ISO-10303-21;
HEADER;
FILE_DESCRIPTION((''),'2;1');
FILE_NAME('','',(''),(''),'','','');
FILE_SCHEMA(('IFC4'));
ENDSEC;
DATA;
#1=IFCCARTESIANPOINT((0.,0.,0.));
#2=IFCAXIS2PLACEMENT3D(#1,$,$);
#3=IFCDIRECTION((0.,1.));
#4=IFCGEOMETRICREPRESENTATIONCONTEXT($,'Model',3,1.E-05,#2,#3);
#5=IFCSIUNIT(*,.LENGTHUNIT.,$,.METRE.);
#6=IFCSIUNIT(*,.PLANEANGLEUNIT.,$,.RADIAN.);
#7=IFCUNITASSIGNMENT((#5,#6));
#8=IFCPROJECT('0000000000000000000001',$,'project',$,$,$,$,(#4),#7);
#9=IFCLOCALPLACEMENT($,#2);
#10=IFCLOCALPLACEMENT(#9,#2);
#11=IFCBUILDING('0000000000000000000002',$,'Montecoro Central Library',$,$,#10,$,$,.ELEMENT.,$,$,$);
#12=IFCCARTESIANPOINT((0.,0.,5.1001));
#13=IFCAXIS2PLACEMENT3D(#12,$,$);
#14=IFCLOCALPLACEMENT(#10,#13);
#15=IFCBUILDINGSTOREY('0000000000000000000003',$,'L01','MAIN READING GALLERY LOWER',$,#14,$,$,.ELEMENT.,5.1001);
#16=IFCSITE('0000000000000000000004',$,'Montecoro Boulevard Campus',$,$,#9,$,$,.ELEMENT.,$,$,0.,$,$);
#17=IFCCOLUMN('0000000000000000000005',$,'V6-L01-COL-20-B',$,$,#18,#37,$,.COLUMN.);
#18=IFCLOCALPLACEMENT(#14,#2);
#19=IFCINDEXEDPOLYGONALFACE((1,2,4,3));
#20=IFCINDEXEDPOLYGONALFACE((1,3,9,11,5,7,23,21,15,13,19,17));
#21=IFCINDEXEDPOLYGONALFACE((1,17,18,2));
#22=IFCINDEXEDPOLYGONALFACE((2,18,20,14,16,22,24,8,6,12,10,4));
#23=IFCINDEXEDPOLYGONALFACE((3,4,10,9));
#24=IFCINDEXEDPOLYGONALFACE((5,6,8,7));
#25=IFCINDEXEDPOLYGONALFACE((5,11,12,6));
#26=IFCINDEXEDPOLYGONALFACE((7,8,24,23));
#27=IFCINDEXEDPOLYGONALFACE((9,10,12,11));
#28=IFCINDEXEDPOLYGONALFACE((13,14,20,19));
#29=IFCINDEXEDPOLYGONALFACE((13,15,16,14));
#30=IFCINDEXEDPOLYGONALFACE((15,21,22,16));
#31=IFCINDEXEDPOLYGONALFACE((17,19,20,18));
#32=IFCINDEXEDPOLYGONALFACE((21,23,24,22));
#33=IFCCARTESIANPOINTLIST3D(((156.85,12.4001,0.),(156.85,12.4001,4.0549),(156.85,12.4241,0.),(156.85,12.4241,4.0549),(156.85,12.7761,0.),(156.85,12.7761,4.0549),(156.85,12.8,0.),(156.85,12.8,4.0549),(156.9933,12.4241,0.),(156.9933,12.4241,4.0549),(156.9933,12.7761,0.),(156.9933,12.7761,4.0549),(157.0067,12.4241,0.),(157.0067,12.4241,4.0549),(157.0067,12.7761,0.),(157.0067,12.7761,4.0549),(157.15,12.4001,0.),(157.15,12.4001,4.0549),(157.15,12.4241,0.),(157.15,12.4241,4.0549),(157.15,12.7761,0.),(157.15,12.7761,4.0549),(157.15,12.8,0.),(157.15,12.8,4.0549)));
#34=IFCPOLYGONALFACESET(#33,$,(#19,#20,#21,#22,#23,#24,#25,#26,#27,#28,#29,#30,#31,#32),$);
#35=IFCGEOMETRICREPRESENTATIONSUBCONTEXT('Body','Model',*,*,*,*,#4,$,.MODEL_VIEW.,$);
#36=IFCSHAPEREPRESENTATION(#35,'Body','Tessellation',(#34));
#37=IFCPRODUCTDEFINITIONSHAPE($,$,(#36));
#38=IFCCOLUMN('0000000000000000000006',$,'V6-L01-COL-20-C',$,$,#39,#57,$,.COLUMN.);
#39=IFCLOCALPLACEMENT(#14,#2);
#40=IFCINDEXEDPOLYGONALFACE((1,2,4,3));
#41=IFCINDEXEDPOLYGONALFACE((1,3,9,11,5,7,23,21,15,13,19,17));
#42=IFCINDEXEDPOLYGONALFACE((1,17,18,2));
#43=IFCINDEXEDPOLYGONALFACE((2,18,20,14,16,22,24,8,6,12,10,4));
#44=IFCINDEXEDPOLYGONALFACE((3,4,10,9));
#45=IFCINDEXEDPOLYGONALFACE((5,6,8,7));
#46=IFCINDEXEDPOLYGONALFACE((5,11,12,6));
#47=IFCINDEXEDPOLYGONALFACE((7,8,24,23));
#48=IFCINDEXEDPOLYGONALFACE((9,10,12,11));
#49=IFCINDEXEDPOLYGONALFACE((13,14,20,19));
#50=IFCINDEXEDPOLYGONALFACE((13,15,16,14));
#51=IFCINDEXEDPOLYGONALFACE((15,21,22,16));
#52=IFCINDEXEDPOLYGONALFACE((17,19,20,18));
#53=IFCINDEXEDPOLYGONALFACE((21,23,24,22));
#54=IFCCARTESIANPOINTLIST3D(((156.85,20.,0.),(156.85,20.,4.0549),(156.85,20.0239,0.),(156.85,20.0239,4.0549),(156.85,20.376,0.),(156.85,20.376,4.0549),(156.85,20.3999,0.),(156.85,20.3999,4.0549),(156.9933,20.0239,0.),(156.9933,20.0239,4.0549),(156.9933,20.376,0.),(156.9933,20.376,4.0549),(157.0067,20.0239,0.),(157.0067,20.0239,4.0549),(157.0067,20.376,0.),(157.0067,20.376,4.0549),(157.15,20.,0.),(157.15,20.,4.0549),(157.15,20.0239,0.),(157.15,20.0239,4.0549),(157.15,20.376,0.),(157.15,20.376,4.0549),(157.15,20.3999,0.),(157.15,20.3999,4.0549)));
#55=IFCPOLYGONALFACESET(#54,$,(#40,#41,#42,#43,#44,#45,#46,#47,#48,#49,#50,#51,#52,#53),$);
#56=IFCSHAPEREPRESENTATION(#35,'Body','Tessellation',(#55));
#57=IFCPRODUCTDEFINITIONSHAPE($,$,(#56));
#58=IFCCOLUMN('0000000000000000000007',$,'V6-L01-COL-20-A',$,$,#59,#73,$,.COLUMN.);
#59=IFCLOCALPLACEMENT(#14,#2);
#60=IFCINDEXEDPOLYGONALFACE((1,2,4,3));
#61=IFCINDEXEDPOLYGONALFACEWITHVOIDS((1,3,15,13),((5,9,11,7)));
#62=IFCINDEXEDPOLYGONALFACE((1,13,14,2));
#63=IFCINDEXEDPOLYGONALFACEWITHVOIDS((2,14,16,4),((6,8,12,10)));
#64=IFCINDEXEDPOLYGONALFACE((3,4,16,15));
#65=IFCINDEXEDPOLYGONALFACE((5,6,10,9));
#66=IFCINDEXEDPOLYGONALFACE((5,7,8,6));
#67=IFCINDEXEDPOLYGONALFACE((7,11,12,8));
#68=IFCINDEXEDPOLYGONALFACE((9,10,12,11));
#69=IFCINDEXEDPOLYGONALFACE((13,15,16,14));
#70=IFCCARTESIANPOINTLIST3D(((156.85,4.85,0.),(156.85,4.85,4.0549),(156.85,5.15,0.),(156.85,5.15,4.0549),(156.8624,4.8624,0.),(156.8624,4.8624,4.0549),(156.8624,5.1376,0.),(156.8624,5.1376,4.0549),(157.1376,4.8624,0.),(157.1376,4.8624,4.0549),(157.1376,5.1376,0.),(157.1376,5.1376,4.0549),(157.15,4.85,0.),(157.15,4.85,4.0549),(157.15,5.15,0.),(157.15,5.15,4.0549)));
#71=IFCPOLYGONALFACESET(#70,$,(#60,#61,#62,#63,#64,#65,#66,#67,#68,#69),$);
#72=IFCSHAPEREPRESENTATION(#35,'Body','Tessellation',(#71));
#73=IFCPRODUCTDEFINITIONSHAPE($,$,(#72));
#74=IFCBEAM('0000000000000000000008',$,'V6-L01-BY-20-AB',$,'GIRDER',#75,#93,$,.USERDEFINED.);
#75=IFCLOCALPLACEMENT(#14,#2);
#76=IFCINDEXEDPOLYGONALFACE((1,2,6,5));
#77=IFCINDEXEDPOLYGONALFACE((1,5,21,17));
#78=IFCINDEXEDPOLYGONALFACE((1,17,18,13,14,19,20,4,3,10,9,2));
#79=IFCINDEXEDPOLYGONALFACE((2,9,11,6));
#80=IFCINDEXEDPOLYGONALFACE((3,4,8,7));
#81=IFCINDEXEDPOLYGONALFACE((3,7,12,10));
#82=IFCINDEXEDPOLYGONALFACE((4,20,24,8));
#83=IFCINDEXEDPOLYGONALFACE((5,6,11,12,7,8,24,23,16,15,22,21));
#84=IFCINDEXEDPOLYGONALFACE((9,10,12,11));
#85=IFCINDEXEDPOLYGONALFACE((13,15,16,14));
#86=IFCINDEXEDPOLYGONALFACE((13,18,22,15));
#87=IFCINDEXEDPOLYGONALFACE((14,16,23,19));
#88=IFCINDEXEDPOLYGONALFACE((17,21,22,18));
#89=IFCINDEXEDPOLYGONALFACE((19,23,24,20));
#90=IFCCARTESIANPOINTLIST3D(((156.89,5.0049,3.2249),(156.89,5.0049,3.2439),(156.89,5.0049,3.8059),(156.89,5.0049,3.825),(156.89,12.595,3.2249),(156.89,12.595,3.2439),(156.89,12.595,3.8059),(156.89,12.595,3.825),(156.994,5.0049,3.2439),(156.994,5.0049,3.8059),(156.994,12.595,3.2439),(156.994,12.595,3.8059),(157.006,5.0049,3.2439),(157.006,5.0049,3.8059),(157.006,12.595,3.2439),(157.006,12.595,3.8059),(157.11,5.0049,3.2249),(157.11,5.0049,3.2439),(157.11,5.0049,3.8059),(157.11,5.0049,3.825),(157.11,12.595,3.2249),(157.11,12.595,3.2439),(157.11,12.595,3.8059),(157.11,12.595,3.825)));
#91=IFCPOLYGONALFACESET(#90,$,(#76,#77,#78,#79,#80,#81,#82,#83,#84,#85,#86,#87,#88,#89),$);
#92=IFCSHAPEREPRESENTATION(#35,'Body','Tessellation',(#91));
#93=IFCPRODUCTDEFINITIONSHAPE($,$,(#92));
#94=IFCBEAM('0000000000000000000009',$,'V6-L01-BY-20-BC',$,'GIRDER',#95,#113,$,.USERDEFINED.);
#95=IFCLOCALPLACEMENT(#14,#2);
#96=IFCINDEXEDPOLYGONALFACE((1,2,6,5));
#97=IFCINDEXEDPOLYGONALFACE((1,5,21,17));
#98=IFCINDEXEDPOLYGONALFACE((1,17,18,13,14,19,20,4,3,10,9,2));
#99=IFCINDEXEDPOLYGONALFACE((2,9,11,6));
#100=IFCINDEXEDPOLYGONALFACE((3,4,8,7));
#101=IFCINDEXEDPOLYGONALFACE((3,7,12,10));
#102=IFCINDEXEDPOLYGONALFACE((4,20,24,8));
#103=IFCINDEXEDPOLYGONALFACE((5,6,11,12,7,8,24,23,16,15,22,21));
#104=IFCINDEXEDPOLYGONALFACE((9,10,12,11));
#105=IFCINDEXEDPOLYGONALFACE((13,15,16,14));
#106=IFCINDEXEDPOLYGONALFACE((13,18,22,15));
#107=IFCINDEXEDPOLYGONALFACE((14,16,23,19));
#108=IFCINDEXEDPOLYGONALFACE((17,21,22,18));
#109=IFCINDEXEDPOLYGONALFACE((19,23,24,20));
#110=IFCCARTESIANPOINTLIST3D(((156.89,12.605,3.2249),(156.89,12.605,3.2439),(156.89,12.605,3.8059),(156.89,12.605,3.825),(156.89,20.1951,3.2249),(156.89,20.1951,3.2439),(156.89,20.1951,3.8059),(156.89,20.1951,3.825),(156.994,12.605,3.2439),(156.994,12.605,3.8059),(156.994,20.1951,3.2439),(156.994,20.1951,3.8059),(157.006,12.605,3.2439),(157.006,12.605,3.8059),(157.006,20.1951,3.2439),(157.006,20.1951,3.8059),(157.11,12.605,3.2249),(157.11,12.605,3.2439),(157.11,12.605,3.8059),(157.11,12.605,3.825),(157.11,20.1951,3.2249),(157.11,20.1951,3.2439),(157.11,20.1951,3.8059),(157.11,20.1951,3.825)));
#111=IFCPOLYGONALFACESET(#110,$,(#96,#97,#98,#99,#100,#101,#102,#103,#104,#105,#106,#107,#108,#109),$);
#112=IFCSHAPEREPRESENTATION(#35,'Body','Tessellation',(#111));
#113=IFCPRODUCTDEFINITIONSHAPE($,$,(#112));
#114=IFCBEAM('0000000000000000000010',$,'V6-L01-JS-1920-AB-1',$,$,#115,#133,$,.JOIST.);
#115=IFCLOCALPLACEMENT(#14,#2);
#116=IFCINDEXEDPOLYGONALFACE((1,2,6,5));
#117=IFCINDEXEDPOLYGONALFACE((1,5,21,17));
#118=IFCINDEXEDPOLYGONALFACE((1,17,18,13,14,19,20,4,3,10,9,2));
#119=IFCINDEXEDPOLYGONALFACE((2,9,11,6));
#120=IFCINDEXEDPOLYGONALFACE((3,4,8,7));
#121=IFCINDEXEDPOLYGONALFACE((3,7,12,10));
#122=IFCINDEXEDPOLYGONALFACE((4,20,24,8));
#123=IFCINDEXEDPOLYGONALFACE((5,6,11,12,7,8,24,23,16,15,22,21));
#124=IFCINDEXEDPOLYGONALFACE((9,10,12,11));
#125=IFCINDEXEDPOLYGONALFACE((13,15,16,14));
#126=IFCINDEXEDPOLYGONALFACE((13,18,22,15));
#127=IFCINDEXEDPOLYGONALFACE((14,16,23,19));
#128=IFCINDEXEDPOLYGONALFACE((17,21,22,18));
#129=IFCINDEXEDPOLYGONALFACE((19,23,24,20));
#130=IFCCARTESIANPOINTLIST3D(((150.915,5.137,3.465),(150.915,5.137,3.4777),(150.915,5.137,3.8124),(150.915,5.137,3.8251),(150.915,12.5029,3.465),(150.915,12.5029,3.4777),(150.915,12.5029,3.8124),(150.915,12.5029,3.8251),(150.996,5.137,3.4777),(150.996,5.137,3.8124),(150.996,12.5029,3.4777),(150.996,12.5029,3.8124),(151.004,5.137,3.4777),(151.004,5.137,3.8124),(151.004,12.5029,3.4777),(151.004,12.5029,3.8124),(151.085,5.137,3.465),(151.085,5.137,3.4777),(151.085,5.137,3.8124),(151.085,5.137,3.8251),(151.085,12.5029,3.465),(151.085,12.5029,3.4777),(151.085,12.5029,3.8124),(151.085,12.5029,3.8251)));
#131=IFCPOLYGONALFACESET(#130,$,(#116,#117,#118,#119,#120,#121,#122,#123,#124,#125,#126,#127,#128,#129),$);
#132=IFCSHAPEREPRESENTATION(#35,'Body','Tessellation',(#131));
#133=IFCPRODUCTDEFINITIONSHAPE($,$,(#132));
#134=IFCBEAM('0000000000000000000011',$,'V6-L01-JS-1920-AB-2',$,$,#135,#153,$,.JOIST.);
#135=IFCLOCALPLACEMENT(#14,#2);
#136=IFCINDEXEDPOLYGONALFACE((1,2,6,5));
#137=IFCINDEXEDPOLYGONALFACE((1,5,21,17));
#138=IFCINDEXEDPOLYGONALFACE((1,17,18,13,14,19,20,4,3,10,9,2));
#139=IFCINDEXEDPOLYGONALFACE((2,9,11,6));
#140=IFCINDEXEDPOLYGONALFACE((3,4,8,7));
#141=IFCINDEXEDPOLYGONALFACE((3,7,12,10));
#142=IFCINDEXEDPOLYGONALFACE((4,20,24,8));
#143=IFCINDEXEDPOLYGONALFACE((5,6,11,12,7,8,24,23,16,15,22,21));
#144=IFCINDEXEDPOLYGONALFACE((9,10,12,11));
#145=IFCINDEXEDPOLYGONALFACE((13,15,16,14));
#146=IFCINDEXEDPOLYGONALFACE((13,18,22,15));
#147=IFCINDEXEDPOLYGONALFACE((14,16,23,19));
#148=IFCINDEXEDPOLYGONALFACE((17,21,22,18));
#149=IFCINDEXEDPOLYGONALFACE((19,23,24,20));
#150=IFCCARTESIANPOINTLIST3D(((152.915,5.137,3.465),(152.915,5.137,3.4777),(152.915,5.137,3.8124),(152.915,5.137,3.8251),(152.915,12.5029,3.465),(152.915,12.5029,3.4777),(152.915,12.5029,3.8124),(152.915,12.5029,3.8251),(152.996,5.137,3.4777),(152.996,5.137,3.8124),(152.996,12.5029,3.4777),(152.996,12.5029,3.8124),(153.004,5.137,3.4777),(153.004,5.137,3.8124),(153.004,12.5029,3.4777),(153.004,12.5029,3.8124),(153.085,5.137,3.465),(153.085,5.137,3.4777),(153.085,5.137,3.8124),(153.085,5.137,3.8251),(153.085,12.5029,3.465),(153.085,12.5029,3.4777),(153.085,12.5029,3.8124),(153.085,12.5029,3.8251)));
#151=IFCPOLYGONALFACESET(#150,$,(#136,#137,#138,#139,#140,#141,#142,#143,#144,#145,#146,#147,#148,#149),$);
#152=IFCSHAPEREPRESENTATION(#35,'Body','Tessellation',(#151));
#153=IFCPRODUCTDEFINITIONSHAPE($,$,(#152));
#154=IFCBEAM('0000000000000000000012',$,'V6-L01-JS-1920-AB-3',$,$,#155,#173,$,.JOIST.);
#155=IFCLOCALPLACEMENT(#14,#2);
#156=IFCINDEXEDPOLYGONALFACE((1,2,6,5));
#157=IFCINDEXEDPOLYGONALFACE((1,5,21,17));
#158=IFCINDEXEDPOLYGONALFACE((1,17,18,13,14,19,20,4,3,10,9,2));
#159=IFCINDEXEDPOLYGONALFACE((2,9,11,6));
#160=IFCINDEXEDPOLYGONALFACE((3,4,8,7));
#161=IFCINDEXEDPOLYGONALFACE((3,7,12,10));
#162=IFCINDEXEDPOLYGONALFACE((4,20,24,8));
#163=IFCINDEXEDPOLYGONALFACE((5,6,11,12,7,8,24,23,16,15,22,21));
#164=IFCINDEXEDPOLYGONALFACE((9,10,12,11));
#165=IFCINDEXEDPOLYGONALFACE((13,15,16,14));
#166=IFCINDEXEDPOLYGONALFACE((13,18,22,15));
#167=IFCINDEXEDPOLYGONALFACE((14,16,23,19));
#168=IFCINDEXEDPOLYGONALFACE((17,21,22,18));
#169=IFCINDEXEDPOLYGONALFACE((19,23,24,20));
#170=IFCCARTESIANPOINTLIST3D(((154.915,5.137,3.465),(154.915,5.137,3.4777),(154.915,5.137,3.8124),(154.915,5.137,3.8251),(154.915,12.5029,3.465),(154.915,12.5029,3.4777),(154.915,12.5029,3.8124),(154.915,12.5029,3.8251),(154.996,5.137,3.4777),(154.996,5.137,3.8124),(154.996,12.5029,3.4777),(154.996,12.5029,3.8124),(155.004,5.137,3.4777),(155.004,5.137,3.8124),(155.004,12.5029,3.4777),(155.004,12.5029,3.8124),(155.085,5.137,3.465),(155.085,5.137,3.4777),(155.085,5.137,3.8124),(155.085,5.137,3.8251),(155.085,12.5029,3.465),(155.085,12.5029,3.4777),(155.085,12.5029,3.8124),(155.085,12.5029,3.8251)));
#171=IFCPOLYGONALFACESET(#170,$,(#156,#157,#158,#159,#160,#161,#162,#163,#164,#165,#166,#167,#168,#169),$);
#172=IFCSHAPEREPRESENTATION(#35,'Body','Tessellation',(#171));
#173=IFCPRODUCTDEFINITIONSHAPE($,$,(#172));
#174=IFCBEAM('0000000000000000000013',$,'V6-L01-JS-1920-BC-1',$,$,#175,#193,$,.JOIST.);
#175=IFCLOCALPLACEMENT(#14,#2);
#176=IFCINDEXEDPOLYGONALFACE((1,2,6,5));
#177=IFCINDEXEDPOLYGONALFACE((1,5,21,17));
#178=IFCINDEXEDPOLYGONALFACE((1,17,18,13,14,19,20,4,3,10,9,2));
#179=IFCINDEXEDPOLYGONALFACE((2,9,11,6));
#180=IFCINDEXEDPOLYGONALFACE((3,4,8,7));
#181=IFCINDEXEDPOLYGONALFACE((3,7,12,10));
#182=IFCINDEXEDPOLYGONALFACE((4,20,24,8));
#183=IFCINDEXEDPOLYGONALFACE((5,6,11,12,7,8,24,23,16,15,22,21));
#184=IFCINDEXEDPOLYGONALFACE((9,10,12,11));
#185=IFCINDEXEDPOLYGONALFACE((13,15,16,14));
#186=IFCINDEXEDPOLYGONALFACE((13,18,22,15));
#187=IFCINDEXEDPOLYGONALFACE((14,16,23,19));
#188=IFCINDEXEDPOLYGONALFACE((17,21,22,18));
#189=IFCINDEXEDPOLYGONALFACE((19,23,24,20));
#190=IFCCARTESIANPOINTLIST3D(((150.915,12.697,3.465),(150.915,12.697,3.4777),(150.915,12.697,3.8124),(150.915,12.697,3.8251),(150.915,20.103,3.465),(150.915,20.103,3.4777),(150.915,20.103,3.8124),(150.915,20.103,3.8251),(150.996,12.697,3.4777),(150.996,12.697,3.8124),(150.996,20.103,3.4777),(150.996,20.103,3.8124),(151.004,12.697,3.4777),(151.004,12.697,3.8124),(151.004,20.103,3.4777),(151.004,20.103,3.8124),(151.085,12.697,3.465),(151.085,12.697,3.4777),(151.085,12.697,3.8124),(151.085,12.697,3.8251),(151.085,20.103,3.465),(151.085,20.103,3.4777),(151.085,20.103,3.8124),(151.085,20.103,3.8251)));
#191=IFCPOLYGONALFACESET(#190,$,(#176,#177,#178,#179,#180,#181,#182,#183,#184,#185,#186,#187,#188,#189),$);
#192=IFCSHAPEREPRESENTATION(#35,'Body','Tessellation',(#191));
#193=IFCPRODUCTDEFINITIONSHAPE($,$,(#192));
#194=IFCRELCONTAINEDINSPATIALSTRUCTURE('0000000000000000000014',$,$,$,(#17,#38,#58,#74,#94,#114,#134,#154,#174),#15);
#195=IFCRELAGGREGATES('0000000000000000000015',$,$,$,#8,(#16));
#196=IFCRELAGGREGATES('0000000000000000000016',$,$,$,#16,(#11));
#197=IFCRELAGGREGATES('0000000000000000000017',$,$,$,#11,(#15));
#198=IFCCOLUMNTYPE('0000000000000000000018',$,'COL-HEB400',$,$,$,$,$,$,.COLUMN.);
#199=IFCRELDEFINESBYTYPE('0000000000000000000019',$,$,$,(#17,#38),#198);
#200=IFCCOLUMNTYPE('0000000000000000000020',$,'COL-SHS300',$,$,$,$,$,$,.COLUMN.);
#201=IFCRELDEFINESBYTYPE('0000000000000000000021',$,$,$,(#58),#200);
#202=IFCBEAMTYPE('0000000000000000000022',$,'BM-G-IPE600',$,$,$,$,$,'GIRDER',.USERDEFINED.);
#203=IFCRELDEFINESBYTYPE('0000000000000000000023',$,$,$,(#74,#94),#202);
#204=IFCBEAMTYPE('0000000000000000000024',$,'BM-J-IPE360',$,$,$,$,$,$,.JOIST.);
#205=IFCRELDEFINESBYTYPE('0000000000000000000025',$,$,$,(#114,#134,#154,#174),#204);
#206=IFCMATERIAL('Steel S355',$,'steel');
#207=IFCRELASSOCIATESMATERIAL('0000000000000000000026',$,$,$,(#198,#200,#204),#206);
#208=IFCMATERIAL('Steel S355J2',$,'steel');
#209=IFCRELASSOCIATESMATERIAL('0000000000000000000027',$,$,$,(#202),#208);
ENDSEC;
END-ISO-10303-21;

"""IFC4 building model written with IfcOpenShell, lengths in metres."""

from ifc_helpers import new_model, si_unit, direction, frame, origin, origin_2d, place, context, subcontext, project, spatial, hollow_rectangle, i_section, extrude, material, material_profile, profile_set, type_object, element, save


model = new_model("IFC4")

# Units and contexts
model_context = context("Model", 3, precision=1e-05, world=origin(), true_north=direction((0.0, 1.0)))
body_context = subcontext(model_context, "Body", "Model", "MODEL_VIEW")
ifc_project = project(units=[si_unit("LENGTHUNIT", "METRE"), si_unit("PLANEANGLEUNIT", "RADIAN")], contexts=[model_context])

# Site, building, storey
site_placement = place(None, origin())
site = spatial("IfcSite", under=ifc_project, at=site_placement, Name="Montecoro Boulevard Campus", CompositionType="ELEMENT", RefElevation=0.0)
building_placement = place(site_placement, origin())
building = spatial("IfcBuilding", under=site, at=building_placement, Name="Montecoro Central Library", CompositionType="ELEMENT")
storey_placement = place(building_placement, frame((0.0, 0.0, 5.1001)))
storey = spatial("IfcBuildingStorey", under=building, at=storey_placement, Name="L01", Description="MAIN READING GALLERY LOWER", CompositionType="ELEMENT", Elevation=5.1001)

# Columns
ifc_material_1 = material(Name="Steel S355", Category="steel")
ifc_material_profile_1 = material_profile(ifc_material_1, i_section(OverallWidth=0.3, OverallDepth=0.3999, WebThickness=0.0134, FlangeThickness=0.0239, at=origin_2d()), Name="HEB 400")
ifc_profile_set_1 = profile_set([ifc_material_profile_1], Name="Steel S355")
column_type_1 = type_object("IfcColumnType", Name="COL-HEB400", PredefinedType="COLUMN", material=ifc_profile_set_1)
for number, where, z_axis, x_axis, name in (
    (1, (157.0, 12.6001, 0.0), (0.0, 0.0, 1.0), (1.0, 0.0, 0.0), "V6-L01-COL-20-B"),
    (2, (157.0, 20.2, 0.0), (0.0, 0.0, 1.0), (1.0, 0.0, 0.0), "V6-L01-COL-20-C"),
):
    element("IfcColumn", number, at=place(storey_placement, frame(where, z_axis=z_axis, x_axis=x_axis)), inside=storey, type_object=column_type_1, Name=name, PredefinedType="COLUMN", context=body_context, shape_type="SweptSolid", body=[
        extrude(i_section(OverallWidth=0.3, OverallDepth=0.3999, WebThickness=0.0134, FlangeThickness=0.0239, at=origin_2d()), origin(), (0.0, 0.0, 1.0), 4.0549),
    ])
ifc_material_profile_2 = material_profile(ifc_material_1, hollow_rectangle(XDim=0.3, YDim=0.3, WallThickness=0.0125, at=origin_2d()), Name="SHS 300x300x12.5")
ifc_profile_set_2 = profile_set([ifc_material_profile_2], Name="Steel S355")
column_type_2 = type_object("IfcColumnType", Name="COL-SHS300", PredefinedType="COLUMN", material=ifc_profile_set_2)
column_placement = place(storey_placement, frame((157.0, 5.0, 0.0), z_axis=(0.0, 0.0, 1.0), x_axis=(1.0, 0.0, 0.0)))
element("IfcColumn", 3, at=column_placement, inside=storey, type_object=column_type_2, Name="V6-L01-COL-20-A", PredefinedType="COLUMN", context=body_context, shape_type="SweptSolid", body=[
    extrude(hollow_rectangle(XDim=0.3, YDim=0.3, WallThickness=0.0125, at=origin_2d()), origin(), (0.0, 0.0, 1.0), 4.0549),
])

# Beams
ifc_material_2 = material(Name="Steel S355J2", Category="steel")
ifc_material_profile_3 = material_profile(ifc_material_2, i_section(OverallWidth=0.22, OverallDepth=0.6001, WebThickness=0.012, FlangeThickness=0.019, at=origin_2d()), Name="IPE 600")
ifc_profile_set_3 = profile_set([ifc_material_profile_3], Name="Steel S355J2")
beam_type_1 = type_object("IfcBeamType", Name="BM-G-IPE600", ElementType="GIRDER", PredefinedType="USERDEFINED", material=ifc_profile_set_3)
for number, where, z_axis, x_axis, name in (
    (4, (157.0, 5.0049, 3.5249), (0.0, 1.0, 0.0), (-1.0, 0.0, 0.0), "V6-L01-BY-20-AB"),
    (5, (157.0, 12.605, 3.5249), (0.0, 1.0, 0.0), (-1.0, 0.0, 0.0), "V6-L01-BY-20-BC"),
):
    element("IfcBeam", number, at=place(storey_placement, frame(where, z_axis=z_axis, x_axis=x_axis)), inside=storey, type_object=beam_type_1, Name=name, ObjectType="GIRDER", PredefinedType="USERDEFINED", context=body_context, shape_type="SweptSolid", body=[
        extrude(i_section(OverallWidth=0.22, OverallDepth=0.6001, WebThickness=0.012, FlangeThickness=0.019, at=origin_2d()), origin(), (0.0, 0.0, 1.0), 7.5901),
    ])
ifc_material_profile_4 = material_profile(ifc_material_1, i_section(OverallWidth=0.1699, OverallDepth=0.3601, WebThickness=0.0081, FlangeThickness=0.0127, at=origin_2d()), Name="IPE 360")
ifc_profile_set_4 = profile_set([ifc_material_profile_4], Name="Steel S355")
beam_type_2 = type_object("IfcBeamType", Name="BM-J-IPE360", PredefinedType="JOIST", material=ifc_profile_set_4)
for number, where, z_axis, x_axis, name in (
    (6, (151.0, 5.137, 3.645), (0.0, 1.0, 0.0), (-1.0, 0.0, 0.0), "V6-L01-JS-1920-AB-1"),
    (7, (153.0, 5.137, 3.645), (0.0, 1.0, 0.0), (-1.0, 0.0, 0.0), "V6-L01-JS-1920-AB-2"),
    (8, (155.0, 5.137, 3.645), (0.0, 1.0, 0.0), (-1.0, 0.0, 0.0), "V6-L01-JS-1920-AB-3"),
):
    element("IfcBeam", number, at=place(storey_placement, frame(where, z_axis=z_axis, x_axis=x_axis)), inside=storey, type_object=beam_type_2, Name=name, PredefinedType="JOIST", context=body_context, shape_type="SweptSolid", body=[
        extrude(i_section(OverallWidth=0.1699, OverallDepth=0.3601, WebThickness=0.0081, FlangeThickness=0.0127, at=origin_2d()), origin(), (0.0, 0.0, 1.0), 7.366),
    ])
for number, where, z_axis, x_axis, name in (
    (9, (151.0, 12.697, 3.645), (0.0, 1.0, 0.0), (-1.0, 0.0, 0.0), "V6-L01-JS-1920-BC-1"),
):
    element("IfcBeam", number, at=place(storey_placement, frame(where, z_axis=z_axis, x_axis=x_axis)), inside=storey, type_object=beam_type_2, Name=name, PredefinedType="JOIST", context=body_context, shape_type="SweptSolid", body=[
        extrude(i_section(OverallWidth=0.1699, OverallDepth=0.3601, WebThickness=0.0081, FlangeThickness=0.0127, at=origin_2d()), origin(), (0.0, 0.0, 1.0), 7.406),
    ])

save(model, "model.ifc")
